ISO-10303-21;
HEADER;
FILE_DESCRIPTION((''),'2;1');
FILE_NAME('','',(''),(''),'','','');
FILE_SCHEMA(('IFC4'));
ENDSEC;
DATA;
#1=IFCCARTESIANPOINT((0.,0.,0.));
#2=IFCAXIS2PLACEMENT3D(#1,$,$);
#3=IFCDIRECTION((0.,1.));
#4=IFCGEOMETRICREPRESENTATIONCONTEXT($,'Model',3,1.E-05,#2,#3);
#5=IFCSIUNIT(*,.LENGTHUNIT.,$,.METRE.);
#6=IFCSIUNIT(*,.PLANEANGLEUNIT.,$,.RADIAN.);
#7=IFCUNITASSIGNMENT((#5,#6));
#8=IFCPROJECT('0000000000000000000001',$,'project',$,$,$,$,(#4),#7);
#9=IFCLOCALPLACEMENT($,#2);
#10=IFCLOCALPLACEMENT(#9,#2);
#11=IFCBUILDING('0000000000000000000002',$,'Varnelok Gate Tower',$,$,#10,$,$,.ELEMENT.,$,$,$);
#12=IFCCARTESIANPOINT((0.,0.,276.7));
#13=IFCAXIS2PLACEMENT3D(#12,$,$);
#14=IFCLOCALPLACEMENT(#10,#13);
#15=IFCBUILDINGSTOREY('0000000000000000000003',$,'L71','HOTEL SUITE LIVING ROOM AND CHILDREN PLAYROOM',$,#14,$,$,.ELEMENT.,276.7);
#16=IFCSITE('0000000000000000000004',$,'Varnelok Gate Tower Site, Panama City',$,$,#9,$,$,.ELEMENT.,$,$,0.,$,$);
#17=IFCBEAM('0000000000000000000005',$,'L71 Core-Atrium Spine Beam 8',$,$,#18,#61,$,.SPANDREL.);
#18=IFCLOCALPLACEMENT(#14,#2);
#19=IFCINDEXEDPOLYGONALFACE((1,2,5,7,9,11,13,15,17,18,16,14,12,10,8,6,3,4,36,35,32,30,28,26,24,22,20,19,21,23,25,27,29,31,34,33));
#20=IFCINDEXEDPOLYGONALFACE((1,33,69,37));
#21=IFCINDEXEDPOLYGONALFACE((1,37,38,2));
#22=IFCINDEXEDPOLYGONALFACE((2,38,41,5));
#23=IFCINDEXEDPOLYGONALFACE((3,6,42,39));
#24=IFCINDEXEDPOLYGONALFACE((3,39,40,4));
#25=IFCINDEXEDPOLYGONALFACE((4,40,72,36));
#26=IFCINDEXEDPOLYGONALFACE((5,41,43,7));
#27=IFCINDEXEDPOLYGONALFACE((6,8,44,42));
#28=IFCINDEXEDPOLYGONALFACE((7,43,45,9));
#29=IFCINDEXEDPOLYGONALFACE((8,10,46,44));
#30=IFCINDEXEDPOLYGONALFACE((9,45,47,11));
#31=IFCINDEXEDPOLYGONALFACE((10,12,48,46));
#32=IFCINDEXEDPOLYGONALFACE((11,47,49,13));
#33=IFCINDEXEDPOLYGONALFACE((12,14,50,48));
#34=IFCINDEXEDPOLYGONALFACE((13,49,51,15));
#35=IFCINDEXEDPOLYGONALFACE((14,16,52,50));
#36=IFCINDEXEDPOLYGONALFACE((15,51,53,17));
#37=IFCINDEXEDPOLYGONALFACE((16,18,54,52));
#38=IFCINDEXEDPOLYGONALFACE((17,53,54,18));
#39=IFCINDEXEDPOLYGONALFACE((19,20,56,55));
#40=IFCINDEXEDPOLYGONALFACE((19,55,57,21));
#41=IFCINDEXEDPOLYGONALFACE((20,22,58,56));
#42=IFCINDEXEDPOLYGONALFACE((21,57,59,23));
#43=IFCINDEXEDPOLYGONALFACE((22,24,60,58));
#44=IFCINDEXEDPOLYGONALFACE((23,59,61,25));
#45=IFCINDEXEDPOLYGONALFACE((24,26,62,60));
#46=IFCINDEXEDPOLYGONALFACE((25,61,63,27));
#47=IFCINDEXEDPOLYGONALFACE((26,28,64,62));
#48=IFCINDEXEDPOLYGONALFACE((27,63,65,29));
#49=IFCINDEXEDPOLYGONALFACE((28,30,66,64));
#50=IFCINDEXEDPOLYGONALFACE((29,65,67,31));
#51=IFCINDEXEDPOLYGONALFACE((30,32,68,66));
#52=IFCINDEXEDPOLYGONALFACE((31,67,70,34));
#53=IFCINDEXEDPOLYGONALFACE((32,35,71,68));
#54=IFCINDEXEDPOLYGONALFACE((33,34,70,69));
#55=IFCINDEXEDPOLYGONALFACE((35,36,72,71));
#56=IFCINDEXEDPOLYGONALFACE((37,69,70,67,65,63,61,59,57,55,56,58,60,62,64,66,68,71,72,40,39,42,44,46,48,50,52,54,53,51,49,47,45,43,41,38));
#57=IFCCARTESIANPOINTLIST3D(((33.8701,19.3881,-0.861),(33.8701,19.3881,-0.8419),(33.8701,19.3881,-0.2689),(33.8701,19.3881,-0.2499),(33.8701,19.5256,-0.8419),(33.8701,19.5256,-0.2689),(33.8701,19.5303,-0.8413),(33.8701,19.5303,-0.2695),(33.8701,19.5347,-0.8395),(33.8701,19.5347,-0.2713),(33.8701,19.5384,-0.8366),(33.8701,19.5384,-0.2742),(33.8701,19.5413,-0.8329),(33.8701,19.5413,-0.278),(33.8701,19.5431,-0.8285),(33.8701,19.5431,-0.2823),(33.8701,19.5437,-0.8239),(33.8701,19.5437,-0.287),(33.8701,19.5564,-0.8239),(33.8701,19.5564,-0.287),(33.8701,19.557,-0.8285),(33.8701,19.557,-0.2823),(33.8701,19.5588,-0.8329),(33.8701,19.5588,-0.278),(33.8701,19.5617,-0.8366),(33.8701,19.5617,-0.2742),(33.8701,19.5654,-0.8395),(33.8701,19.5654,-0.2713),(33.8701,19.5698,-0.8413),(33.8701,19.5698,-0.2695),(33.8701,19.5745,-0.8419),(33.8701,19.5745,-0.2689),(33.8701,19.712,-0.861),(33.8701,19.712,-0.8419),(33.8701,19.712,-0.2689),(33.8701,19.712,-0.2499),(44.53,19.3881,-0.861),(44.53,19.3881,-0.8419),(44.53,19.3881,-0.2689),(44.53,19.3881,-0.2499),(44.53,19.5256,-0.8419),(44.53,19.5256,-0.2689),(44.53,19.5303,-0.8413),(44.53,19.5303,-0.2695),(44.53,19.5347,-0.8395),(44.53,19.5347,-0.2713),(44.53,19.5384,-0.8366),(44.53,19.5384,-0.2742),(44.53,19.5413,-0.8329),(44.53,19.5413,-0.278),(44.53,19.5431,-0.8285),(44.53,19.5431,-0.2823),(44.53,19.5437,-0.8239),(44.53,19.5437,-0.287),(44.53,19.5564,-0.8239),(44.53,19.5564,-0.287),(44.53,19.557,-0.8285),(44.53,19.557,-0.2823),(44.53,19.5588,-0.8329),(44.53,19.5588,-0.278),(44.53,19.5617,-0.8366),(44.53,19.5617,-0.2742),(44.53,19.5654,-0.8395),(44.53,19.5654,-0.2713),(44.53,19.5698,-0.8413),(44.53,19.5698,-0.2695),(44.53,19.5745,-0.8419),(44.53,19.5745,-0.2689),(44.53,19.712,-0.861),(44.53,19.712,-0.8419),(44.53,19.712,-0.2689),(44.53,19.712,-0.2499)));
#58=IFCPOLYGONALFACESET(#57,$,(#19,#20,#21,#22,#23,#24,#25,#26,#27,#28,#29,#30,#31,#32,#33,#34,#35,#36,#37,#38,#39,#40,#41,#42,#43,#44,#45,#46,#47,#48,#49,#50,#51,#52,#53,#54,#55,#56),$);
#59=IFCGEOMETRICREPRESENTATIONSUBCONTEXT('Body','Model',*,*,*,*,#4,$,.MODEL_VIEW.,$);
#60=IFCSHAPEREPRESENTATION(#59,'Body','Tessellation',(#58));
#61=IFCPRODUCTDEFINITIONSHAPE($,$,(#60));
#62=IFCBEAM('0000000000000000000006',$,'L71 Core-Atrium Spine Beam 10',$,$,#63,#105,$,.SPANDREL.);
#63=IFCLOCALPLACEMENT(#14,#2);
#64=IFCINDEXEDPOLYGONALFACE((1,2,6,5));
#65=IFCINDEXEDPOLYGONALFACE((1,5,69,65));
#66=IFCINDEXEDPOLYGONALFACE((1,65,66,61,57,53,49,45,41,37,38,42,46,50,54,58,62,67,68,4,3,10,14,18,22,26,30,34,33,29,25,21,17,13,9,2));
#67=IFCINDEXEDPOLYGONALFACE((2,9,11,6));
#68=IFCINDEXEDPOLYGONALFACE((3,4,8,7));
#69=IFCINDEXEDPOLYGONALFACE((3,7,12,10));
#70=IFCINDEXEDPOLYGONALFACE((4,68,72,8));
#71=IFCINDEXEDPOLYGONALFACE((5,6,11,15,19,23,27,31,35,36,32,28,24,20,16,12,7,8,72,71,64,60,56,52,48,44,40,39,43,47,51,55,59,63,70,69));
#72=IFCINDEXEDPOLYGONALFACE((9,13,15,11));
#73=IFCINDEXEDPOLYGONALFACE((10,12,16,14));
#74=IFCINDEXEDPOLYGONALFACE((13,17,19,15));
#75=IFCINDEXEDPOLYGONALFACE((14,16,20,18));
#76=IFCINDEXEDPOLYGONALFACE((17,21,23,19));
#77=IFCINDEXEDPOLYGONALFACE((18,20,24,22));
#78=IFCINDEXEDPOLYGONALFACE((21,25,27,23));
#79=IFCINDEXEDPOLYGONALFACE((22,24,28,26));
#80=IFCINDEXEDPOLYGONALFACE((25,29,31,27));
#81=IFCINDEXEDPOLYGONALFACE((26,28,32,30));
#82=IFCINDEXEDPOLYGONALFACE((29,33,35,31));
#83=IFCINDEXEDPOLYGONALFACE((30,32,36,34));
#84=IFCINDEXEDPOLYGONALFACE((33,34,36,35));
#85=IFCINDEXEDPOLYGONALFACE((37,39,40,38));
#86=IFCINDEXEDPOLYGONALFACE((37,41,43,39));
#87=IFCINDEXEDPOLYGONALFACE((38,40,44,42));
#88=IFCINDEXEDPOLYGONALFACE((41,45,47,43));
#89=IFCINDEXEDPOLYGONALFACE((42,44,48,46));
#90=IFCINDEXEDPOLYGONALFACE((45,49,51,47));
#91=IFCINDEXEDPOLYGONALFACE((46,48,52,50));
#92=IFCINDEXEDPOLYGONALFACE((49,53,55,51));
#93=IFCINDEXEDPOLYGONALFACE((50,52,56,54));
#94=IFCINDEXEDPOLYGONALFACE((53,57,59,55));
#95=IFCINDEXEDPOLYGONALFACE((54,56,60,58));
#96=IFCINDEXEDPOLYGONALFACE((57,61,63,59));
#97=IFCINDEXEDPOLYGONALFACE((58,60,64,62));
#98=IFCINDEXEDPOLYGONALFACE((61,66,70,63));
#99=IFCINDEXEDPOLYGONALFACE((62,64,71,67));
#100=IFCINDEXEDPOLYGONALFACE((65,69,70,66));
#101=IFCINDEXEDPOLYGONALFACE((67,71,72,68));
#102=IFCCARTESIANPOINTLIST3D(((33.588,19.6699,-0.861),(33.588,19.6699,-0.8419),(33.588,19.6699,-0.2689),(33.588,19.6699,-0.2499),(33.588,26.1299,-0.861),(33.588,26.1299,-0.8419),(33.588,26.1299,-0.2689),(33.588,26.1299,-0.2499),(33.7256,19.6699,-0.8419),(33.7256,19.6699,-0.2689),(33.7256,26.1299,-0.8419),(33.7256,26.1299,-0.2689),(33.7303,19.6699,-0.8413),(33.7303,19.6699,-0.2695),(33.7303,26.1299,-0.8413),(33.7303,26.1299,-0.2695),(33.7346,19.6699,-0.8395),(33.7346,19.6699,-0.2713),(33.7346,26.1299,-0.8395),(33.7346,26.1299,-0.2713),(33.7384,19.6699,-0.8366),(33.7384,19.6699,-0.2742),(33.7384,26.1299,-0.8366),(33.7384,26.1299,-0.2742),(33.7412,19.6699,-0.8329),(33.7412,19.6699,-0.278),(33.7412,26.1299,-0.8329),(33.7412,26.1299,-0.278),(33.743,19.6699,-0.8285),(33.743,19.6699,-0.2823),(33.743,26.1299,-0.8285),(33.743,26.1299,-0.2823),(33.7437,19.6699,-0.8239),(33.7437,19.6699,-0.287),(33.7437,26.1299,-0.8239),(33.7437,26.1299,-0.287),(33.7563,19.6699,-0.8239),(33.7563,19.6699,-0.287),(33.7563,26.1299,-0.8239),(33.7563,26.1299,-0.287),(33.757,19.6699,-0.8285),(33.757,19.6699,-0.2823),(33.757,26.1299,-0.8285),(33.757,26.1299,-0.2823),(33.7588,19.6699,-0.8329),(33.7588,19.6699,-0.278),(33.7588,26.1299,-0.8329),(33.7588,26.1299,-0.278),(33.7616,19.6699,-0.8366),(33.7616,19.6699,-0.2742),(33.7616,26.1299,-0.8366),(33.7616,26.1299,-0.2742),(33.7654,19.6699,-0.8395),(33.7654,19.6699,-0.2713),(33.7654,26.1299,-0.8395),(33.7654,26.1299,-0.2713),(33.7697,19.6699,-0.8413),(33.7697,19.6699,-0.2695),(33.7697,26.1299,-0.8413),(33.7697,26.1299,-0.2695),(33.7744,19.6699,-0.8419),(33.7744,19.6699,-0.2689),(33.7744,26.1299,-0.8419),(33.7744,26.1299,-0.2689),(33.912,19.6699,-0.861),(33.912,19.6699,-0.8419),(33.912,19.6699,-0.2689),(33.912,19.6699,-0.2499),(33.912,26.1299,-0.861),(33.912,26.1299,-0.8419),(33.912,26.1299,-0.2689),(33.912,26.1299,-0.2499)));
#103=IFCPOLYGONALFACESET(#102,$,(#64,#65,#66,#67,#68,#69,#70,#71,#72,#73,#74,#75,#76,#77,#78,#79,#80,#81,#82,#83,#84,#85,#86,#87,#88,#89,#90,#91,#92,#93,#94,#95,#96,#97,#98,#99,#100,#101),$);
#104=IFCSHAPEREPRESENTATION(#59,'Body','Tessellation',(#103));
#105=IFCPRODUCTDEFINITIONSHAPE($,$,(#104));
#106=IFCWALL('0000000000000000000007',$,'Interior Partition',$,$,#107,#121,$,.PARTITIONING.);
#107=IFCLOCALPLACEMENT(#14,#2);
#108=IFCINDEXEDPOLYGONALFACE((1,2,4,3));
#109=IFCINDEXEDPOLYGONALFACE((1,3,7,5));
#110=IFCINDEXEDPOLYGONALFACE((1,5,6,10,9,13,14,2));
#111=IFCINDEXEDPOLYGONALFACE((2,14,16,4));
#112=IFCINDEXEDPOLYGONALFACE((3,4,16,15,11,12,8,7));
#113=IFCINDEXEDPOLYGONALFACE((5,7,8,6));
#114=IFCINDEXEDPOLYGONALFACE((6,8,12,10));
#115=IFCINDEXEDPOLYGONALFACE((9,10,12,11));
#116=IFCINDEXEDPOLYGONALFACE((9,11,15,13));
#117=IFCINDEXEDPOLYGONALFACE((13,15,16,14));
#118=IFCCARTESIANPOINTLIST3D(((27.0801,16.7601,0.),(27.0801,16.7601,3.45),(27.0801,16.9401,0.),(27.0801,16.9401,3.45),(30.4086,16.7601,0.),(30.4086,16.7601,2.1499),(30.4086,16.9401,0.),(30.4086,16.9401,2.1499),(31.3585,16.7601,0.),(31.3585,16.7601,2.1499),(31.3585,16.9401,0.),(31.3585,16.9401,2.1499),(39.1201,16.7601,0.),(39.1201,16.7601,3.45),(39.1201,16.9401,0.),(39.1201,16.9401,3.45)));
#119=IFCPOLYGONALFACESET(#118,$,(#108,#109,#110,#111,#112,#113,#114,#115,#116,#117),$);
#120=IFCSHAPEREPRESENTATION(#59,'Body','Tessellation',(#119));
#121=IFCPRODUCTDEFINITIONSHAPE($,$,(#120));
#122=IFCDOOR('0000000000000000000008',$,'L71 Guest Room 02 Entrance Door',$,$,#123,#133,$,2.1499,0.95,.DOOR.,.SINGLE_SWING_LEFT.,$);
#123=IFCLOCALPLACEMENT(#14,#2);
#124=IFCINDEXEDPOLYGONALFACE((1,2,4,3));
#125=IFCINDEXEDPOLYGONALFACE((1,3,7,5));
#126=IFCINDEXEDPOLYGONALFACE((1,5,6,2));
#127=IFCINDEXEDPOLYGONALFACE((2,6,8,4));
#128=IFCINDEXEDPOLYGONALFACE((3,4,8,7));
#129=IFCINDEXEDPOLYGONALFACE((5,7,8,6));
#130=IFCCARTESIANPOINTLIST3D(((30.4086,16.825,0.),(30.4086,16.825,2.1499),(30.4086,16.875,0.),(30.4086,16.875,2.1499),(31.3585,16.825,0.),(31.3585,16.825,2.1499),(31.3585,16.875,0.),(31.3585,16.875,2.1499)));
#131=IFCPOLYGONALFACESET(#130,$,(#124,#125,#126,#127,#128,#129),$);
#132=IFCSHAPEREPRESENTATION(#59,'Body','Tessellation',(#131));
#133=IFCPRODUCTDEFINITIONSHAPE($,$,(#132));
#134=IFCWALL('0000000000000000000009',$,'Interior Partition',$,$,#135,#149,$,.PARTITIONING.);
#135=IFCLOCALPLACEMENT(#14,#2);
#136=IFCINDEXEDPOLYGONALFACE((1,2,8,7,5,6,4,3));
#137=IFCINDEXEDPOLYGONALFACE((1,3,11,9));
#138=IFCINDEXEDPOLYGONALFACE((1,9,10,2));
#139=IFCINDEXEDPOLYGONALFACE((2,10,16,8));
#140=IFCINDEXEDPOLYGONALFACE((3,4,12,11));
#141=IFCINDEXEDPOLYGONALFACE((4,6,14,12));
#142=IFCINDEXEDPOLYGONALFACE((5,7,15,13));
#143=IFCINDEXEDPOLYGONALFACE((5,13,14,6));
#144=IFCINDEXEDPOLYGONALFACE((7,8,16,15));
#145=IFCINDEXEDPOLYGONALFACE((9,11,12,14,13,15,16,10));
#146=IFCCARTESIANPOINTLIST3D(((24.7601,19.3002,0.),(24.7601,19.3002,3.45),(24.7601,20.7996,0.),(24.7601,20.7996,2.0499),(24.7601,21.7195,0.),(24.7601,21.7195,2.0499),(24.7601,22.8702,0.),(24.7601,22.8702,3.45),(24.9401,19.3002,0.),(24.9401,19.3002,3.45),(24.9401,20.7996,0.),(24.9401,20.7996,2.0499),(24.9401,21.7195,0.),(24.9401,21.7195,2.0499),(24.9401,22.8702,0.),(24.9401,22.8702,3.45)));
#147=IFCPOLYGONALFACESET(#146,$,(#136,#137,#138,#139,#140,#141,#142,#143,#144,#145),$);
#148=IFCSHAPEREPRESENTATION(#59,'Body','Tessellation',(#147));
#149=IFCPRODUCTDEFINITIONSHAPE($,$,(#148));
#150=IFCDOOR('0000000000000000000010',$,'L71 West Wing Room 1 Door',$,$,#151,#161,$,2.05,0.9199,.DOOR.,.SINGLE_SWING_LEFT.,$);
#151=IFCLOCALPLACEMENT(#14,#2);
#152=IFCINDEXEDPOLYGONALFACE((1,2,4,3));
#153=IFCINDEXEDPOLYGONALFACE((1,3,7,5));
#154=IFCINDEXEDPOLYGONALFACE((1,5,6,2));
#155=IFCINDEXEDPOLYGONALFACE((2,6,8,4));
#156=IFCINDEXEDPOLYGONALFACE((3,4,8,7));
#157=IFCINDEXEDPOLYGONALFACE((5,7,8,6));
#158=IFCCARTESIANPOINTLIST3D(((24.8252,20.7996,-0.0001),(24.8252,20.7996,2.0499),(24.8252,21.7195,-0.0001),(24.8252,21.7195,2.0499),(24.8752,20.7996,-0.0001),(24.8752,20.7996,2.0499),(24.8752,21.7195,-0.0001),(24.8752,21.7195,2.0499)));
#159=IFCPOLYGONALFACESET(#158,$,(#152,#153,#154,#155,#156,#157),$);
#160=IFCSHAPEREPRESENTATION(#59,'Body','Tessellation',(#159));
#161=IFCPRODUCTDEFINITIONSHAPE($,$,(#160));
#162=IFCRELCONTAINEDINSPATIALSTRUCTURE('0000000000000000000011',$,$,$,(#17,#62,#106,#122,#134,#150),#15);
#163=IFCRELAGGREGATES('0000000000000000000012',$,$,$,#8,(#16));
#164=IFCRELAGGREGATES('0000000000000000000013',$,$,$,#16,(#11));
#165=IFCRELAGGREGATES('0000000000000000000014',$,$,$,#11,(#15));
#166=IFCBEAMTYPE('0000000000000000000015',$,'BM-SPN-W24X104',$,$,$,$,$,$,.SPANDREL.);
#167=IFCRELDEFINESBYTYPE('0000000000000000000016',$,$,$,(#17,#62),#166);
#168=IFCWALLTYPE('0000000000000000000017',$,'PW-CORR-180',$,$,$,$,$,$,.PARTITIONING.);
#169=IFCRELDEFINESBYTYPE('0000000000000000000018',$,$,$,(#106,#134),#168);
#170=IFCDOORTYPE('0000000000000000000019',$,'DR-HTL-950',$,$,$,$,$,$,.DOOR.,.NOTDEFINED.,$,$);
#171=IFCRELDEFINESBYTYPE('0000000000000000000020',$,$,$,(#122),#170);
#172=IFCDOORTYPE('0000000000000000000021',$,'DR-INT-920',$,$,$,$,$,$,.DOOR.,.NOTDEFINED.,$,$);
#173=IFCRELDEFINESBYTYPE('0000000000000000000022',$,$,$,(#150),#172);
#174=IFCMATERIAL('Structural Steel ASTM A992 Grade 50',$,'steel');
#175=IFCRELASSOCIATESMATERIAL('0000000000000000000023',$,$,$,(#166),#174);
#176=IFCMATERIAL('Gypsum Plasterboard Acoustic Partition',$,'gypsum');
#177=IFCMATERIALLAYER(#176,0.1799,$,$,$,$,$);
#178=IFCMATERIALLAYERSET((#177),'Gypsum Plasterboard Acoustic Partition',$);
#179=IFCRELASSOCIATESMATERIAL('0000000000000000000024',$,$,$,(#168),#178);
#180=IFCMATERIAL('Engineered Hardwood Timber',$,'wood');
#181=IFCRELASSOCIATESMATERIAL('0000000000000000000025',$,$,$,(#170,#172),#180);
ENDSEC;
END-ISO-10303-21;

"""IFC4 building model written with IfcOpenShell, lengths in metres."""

from ifc_helpers import new_model, si_unit, direction, frame, frame_2d, origin, origin_2d, place, context, subcontext, project, spatial, rectangle, i_section, extrude, material, layer, layer_set, material_profile, profile_set, type_object, element, fill, save


model = new_model("IFC4")

# Units and contexts
model_context = context("Model", 3, precision=1e-05, world=origin(), true_north=direction((0.0, 1.0)))
body_context = subcontext(model_context, "Body", "Model", "MODEL_VIEW")
ifc_project = project(units=[si_unit("LENGTHUNIT", "METRE"), si_unit("PLANEANGLEUNIT", "RADIAN")], contexts=[model_context])

# Site, building, storey
site_placement = place(None, origin())
site = spatial("IfcSite", under=ifc_project, at=site_placement, Name="Varnelok Gate Tower Site, Panama City", CompositionType="ELEMENT", RefElevation=0.0)
building_placement = place(site_placement, origin())
building = spatial("IfcBuilding", under=site, at=building_placement, Name="Varnelok Gate Tower", CompositionType="ELEMENT")
storey_placement = place(building_placement, frame((0.0, 0.0, 276.7)))
storey = spatial("IfcBuildingStorey", under=building, at=storey_placement, Name="L71", Description="HOTEL SUITE LIVING ROOM AND CHILDREN PLAYROOM", CompositionType="ELEMENT", Elevation=276.7)

# Shared definitions
ifc_material_1 = material(Name="Structural Steel ASTM A992 Grade 50", Category="steel")

# Beams
ifc_material_profile_1 = material_profile(ifc_material_1, i_section(OverallWidth=0.324, OverallDepth=0.6111, WebThickness=0.0127, FlangeThickness=0.019, FilletRadius=0.0181, at=origin_2d()), Name="W24X104")
ifc_profile_set_1 = profile_set([ifc_material_profile_1], Name="Structural Steel ASTM A992 Grade 50")
beam_type_1 = type_object("IfcBeamType", Name="BM-SPN-W24X104", PredefinedType="SPANDREL", material=ifc_profile_set_1)
beam_1_placement = place(storey_placement, frame((33.8701, 19.55, -0.5554), z_axis=(1.0, 0.0, 0.0), x_axis=(0.0, 1.0, 0.0)))
element("IfcBeam", 1, at=beam_1_placement, inside=storey, type_object=beam_type_1, Name="L71 Core-Atrium Spine Beam 8", PredefinedType="SPANDREL", context=body_context, shape_type="SweptSolid", body=[
    extrude(i_section(OverallWidth=0.324, OverallDepth=0.6111, WebThickness=0.0127, FlangeThickness=0.019, FilletRadius=0.0181, at=origin_2d()), origin(), (0.0, 0.0, 1.0), 10.6599),
])
beam_2_placement = place(storey_placement, frame((33.75, 19.6699, -0.5554), z_axis=(0.0, 1.0, 0.0), x_axis=(-1.0, 0.0, 0.0)))
element("IfcBeam", 2, at=beam_2_placement, inside=storey, type_object=beam_type_1, Name="L71 Core-Atrium Spine Beam 10", PredefinedType="SPANDREL", context=body_context, shape_type="SweptSolid", body=[
    extrude(i_section(OverallWidth=0.324, OverallDepth=0.6111, WebThickness=0.0127, FlangeThickness=0.019, FilletRadius=0.0181, at=origin_2d()), origin(), (0.0, 0.0, 1.0), 6.46),
])

# Walls, openings, doors
ifc_material_2 = material(Name="Gypsum Plasterboard Acoustic Partition", Category="gypsum")
ifc_layer_1 = layer(ifc_material_2, 0.1799)
ifc_layer_set_1 = layer_set([ifc_layer_1], Name="Gypsum Plasterboard Acoustic Partition")
wall_type_1 = type_object("IfcWallType", Name="PW-CORR-180", PredefinedType="PARTITIONING", material=ifc_layer_set_1)
wall_1_placement = place(storey_placement, frame((27.0801, 16.8501, 0.0), z_axis=(0.0, 0.0, 1.0), x_axis=(1.0, 0.0, 0.0)))
wall_1 = element("IfcWall", 3, at=wall_1_placement, inside=storey, type_object=wall_type_1, Name="Interior Partition", PredefinedType="PARTITIONING", context=body_context, shape_type="SweptSolid", body=[
    extrude(rectangle(XDim=12.04, YDim=0.1799, at=frame_2d((6.02, 0.0))), origin(), (0.0, 0.0, 1.0), 3.45),
])
opening_1_placement = place(wall_1_placement, frame((3.3284, 0.0, 0.0)))
opening_1 = element("IfcOpeningElement", 4, at=opening_1_placement, cuts=wall_1, PredefinedType="OPENING", context=body_context, shape_type="SweptSolid", body=[
    extrude(rectangle(XDim=0.95, YDim=2.1499, at=frame_2d((0.4751, 1.075))), frame((0.0, 0.0999, 0.0), z_axis=(0.0, -1.0, 0.0), x_axis=(1.0, 0.0, 0.0)), (0.0, 0.0, 1.0), 0.2),
])
ifc_material_3 = material(Name="Engineered Hardwood Timber", Category="wood")
door_type_1 = type_object("IfcDoorType", Name="DR-HTL-950", OperationType="NOTDEFINED", PredefinedType="DOOR", material=ifc_material_3)
door_1_placement = place(opening_1_placement, origin())
door_1 = element("IfcDoor", 5, at=door_1_placement, inside=storey, type_object=door_type_1, Name="L71 Guest Room 02 Entrance Door", OperationType="SINGLE_SWING_LEFT", OverallHeight=2.1499, OverallWidth=0.95, PredefinedType="DOOR", context=body_context, shape_type="SweptSolid", body=[
    extrude(rectangle(XDim=0.95, YDim=2.1499, at=frame_2d((0.4751, 1.075))), frame((0.0, 0.0249, 0.0), z_axis=(0.0, -1.0, 0.0), x_axis=(1.0, 0.0, 0.0)), (0.0, 0.0, 1.0), 0.05),
])
fill(opening_1, door_1)
wall_2_placement = place(storey_placement, frame((24.8501, 19.3, 0.0), z_axis=(0.0, 0.0, 1.0), x_axis=(0.0, 1.0, 0.0)))
wall_2 = element("IfcWall", 6, at=wall_2_placement, inside=storey, type_object=wall_type_1, Name="Interior Partition", PredefinedType="PARTITIONING", context=body_context, shape_type="SweptSolid", body=[
    extrude(rectangle(XDim=3.5701, YDim=0.1799, at=frame_2d((1.7852, 0.0))), origin(), (0.0, 0.0, 1.0), 3.45),
])
opening_2_placement = place(wall_2_placement, frame((1.4995, 0.0, 0.0)))
opening_2 = element("IfcOpeningElement", 7, at=opening_2_placement, cuts=wall_2, PredefinedType="OPENING", context=body_context, shape_type="SweptSolid", body=[
    extrude(rectangle(XDim=0.9199, YDim=2.05, at=frame_2d((0.46, 1.0249))), frame((0.0, 0.0999, 0.0), z_axis=(0.0, -1.0, 0.0), x_axis=(1.0, 0.0, 0.0)), (0.0, 0.0, 1.0), 0.2),
])
door_type_2 = type_object("IfcDoorType", Name="DR-INT-920", OperationType="NOTDEFINED", PredefinedType="DOOR", material=ifc_material_3)
door_2_placement = place(opening_2_placement, origin())
door_2 = element("IfcDoor", 8, at=door_2_placement, inside=storey, type_object=door_type_2, Name="L71 West Wing Room 1 Door", OperationType="SINGLE_SWING_LEFT", OverallHeight=2.05, OverallWidth=0.9199, PredefinedType="DOOR", context=body_context, shape_type="SweptSolid", body=[
    extrude(rectangle(XDim=0.9199, YDim=2.05, at=frame_2d((0.46, 1.0249))), frame((0.0, 0.0249, 0.0), z_axis=(0.0, -1.0, 0.0), x_axis=(1.0, 0.0, 0.0)), (0.0, 0.0, 1.0), 0.05),
])
fill(opening_2, door_2)

save(model, "model.ifc")
